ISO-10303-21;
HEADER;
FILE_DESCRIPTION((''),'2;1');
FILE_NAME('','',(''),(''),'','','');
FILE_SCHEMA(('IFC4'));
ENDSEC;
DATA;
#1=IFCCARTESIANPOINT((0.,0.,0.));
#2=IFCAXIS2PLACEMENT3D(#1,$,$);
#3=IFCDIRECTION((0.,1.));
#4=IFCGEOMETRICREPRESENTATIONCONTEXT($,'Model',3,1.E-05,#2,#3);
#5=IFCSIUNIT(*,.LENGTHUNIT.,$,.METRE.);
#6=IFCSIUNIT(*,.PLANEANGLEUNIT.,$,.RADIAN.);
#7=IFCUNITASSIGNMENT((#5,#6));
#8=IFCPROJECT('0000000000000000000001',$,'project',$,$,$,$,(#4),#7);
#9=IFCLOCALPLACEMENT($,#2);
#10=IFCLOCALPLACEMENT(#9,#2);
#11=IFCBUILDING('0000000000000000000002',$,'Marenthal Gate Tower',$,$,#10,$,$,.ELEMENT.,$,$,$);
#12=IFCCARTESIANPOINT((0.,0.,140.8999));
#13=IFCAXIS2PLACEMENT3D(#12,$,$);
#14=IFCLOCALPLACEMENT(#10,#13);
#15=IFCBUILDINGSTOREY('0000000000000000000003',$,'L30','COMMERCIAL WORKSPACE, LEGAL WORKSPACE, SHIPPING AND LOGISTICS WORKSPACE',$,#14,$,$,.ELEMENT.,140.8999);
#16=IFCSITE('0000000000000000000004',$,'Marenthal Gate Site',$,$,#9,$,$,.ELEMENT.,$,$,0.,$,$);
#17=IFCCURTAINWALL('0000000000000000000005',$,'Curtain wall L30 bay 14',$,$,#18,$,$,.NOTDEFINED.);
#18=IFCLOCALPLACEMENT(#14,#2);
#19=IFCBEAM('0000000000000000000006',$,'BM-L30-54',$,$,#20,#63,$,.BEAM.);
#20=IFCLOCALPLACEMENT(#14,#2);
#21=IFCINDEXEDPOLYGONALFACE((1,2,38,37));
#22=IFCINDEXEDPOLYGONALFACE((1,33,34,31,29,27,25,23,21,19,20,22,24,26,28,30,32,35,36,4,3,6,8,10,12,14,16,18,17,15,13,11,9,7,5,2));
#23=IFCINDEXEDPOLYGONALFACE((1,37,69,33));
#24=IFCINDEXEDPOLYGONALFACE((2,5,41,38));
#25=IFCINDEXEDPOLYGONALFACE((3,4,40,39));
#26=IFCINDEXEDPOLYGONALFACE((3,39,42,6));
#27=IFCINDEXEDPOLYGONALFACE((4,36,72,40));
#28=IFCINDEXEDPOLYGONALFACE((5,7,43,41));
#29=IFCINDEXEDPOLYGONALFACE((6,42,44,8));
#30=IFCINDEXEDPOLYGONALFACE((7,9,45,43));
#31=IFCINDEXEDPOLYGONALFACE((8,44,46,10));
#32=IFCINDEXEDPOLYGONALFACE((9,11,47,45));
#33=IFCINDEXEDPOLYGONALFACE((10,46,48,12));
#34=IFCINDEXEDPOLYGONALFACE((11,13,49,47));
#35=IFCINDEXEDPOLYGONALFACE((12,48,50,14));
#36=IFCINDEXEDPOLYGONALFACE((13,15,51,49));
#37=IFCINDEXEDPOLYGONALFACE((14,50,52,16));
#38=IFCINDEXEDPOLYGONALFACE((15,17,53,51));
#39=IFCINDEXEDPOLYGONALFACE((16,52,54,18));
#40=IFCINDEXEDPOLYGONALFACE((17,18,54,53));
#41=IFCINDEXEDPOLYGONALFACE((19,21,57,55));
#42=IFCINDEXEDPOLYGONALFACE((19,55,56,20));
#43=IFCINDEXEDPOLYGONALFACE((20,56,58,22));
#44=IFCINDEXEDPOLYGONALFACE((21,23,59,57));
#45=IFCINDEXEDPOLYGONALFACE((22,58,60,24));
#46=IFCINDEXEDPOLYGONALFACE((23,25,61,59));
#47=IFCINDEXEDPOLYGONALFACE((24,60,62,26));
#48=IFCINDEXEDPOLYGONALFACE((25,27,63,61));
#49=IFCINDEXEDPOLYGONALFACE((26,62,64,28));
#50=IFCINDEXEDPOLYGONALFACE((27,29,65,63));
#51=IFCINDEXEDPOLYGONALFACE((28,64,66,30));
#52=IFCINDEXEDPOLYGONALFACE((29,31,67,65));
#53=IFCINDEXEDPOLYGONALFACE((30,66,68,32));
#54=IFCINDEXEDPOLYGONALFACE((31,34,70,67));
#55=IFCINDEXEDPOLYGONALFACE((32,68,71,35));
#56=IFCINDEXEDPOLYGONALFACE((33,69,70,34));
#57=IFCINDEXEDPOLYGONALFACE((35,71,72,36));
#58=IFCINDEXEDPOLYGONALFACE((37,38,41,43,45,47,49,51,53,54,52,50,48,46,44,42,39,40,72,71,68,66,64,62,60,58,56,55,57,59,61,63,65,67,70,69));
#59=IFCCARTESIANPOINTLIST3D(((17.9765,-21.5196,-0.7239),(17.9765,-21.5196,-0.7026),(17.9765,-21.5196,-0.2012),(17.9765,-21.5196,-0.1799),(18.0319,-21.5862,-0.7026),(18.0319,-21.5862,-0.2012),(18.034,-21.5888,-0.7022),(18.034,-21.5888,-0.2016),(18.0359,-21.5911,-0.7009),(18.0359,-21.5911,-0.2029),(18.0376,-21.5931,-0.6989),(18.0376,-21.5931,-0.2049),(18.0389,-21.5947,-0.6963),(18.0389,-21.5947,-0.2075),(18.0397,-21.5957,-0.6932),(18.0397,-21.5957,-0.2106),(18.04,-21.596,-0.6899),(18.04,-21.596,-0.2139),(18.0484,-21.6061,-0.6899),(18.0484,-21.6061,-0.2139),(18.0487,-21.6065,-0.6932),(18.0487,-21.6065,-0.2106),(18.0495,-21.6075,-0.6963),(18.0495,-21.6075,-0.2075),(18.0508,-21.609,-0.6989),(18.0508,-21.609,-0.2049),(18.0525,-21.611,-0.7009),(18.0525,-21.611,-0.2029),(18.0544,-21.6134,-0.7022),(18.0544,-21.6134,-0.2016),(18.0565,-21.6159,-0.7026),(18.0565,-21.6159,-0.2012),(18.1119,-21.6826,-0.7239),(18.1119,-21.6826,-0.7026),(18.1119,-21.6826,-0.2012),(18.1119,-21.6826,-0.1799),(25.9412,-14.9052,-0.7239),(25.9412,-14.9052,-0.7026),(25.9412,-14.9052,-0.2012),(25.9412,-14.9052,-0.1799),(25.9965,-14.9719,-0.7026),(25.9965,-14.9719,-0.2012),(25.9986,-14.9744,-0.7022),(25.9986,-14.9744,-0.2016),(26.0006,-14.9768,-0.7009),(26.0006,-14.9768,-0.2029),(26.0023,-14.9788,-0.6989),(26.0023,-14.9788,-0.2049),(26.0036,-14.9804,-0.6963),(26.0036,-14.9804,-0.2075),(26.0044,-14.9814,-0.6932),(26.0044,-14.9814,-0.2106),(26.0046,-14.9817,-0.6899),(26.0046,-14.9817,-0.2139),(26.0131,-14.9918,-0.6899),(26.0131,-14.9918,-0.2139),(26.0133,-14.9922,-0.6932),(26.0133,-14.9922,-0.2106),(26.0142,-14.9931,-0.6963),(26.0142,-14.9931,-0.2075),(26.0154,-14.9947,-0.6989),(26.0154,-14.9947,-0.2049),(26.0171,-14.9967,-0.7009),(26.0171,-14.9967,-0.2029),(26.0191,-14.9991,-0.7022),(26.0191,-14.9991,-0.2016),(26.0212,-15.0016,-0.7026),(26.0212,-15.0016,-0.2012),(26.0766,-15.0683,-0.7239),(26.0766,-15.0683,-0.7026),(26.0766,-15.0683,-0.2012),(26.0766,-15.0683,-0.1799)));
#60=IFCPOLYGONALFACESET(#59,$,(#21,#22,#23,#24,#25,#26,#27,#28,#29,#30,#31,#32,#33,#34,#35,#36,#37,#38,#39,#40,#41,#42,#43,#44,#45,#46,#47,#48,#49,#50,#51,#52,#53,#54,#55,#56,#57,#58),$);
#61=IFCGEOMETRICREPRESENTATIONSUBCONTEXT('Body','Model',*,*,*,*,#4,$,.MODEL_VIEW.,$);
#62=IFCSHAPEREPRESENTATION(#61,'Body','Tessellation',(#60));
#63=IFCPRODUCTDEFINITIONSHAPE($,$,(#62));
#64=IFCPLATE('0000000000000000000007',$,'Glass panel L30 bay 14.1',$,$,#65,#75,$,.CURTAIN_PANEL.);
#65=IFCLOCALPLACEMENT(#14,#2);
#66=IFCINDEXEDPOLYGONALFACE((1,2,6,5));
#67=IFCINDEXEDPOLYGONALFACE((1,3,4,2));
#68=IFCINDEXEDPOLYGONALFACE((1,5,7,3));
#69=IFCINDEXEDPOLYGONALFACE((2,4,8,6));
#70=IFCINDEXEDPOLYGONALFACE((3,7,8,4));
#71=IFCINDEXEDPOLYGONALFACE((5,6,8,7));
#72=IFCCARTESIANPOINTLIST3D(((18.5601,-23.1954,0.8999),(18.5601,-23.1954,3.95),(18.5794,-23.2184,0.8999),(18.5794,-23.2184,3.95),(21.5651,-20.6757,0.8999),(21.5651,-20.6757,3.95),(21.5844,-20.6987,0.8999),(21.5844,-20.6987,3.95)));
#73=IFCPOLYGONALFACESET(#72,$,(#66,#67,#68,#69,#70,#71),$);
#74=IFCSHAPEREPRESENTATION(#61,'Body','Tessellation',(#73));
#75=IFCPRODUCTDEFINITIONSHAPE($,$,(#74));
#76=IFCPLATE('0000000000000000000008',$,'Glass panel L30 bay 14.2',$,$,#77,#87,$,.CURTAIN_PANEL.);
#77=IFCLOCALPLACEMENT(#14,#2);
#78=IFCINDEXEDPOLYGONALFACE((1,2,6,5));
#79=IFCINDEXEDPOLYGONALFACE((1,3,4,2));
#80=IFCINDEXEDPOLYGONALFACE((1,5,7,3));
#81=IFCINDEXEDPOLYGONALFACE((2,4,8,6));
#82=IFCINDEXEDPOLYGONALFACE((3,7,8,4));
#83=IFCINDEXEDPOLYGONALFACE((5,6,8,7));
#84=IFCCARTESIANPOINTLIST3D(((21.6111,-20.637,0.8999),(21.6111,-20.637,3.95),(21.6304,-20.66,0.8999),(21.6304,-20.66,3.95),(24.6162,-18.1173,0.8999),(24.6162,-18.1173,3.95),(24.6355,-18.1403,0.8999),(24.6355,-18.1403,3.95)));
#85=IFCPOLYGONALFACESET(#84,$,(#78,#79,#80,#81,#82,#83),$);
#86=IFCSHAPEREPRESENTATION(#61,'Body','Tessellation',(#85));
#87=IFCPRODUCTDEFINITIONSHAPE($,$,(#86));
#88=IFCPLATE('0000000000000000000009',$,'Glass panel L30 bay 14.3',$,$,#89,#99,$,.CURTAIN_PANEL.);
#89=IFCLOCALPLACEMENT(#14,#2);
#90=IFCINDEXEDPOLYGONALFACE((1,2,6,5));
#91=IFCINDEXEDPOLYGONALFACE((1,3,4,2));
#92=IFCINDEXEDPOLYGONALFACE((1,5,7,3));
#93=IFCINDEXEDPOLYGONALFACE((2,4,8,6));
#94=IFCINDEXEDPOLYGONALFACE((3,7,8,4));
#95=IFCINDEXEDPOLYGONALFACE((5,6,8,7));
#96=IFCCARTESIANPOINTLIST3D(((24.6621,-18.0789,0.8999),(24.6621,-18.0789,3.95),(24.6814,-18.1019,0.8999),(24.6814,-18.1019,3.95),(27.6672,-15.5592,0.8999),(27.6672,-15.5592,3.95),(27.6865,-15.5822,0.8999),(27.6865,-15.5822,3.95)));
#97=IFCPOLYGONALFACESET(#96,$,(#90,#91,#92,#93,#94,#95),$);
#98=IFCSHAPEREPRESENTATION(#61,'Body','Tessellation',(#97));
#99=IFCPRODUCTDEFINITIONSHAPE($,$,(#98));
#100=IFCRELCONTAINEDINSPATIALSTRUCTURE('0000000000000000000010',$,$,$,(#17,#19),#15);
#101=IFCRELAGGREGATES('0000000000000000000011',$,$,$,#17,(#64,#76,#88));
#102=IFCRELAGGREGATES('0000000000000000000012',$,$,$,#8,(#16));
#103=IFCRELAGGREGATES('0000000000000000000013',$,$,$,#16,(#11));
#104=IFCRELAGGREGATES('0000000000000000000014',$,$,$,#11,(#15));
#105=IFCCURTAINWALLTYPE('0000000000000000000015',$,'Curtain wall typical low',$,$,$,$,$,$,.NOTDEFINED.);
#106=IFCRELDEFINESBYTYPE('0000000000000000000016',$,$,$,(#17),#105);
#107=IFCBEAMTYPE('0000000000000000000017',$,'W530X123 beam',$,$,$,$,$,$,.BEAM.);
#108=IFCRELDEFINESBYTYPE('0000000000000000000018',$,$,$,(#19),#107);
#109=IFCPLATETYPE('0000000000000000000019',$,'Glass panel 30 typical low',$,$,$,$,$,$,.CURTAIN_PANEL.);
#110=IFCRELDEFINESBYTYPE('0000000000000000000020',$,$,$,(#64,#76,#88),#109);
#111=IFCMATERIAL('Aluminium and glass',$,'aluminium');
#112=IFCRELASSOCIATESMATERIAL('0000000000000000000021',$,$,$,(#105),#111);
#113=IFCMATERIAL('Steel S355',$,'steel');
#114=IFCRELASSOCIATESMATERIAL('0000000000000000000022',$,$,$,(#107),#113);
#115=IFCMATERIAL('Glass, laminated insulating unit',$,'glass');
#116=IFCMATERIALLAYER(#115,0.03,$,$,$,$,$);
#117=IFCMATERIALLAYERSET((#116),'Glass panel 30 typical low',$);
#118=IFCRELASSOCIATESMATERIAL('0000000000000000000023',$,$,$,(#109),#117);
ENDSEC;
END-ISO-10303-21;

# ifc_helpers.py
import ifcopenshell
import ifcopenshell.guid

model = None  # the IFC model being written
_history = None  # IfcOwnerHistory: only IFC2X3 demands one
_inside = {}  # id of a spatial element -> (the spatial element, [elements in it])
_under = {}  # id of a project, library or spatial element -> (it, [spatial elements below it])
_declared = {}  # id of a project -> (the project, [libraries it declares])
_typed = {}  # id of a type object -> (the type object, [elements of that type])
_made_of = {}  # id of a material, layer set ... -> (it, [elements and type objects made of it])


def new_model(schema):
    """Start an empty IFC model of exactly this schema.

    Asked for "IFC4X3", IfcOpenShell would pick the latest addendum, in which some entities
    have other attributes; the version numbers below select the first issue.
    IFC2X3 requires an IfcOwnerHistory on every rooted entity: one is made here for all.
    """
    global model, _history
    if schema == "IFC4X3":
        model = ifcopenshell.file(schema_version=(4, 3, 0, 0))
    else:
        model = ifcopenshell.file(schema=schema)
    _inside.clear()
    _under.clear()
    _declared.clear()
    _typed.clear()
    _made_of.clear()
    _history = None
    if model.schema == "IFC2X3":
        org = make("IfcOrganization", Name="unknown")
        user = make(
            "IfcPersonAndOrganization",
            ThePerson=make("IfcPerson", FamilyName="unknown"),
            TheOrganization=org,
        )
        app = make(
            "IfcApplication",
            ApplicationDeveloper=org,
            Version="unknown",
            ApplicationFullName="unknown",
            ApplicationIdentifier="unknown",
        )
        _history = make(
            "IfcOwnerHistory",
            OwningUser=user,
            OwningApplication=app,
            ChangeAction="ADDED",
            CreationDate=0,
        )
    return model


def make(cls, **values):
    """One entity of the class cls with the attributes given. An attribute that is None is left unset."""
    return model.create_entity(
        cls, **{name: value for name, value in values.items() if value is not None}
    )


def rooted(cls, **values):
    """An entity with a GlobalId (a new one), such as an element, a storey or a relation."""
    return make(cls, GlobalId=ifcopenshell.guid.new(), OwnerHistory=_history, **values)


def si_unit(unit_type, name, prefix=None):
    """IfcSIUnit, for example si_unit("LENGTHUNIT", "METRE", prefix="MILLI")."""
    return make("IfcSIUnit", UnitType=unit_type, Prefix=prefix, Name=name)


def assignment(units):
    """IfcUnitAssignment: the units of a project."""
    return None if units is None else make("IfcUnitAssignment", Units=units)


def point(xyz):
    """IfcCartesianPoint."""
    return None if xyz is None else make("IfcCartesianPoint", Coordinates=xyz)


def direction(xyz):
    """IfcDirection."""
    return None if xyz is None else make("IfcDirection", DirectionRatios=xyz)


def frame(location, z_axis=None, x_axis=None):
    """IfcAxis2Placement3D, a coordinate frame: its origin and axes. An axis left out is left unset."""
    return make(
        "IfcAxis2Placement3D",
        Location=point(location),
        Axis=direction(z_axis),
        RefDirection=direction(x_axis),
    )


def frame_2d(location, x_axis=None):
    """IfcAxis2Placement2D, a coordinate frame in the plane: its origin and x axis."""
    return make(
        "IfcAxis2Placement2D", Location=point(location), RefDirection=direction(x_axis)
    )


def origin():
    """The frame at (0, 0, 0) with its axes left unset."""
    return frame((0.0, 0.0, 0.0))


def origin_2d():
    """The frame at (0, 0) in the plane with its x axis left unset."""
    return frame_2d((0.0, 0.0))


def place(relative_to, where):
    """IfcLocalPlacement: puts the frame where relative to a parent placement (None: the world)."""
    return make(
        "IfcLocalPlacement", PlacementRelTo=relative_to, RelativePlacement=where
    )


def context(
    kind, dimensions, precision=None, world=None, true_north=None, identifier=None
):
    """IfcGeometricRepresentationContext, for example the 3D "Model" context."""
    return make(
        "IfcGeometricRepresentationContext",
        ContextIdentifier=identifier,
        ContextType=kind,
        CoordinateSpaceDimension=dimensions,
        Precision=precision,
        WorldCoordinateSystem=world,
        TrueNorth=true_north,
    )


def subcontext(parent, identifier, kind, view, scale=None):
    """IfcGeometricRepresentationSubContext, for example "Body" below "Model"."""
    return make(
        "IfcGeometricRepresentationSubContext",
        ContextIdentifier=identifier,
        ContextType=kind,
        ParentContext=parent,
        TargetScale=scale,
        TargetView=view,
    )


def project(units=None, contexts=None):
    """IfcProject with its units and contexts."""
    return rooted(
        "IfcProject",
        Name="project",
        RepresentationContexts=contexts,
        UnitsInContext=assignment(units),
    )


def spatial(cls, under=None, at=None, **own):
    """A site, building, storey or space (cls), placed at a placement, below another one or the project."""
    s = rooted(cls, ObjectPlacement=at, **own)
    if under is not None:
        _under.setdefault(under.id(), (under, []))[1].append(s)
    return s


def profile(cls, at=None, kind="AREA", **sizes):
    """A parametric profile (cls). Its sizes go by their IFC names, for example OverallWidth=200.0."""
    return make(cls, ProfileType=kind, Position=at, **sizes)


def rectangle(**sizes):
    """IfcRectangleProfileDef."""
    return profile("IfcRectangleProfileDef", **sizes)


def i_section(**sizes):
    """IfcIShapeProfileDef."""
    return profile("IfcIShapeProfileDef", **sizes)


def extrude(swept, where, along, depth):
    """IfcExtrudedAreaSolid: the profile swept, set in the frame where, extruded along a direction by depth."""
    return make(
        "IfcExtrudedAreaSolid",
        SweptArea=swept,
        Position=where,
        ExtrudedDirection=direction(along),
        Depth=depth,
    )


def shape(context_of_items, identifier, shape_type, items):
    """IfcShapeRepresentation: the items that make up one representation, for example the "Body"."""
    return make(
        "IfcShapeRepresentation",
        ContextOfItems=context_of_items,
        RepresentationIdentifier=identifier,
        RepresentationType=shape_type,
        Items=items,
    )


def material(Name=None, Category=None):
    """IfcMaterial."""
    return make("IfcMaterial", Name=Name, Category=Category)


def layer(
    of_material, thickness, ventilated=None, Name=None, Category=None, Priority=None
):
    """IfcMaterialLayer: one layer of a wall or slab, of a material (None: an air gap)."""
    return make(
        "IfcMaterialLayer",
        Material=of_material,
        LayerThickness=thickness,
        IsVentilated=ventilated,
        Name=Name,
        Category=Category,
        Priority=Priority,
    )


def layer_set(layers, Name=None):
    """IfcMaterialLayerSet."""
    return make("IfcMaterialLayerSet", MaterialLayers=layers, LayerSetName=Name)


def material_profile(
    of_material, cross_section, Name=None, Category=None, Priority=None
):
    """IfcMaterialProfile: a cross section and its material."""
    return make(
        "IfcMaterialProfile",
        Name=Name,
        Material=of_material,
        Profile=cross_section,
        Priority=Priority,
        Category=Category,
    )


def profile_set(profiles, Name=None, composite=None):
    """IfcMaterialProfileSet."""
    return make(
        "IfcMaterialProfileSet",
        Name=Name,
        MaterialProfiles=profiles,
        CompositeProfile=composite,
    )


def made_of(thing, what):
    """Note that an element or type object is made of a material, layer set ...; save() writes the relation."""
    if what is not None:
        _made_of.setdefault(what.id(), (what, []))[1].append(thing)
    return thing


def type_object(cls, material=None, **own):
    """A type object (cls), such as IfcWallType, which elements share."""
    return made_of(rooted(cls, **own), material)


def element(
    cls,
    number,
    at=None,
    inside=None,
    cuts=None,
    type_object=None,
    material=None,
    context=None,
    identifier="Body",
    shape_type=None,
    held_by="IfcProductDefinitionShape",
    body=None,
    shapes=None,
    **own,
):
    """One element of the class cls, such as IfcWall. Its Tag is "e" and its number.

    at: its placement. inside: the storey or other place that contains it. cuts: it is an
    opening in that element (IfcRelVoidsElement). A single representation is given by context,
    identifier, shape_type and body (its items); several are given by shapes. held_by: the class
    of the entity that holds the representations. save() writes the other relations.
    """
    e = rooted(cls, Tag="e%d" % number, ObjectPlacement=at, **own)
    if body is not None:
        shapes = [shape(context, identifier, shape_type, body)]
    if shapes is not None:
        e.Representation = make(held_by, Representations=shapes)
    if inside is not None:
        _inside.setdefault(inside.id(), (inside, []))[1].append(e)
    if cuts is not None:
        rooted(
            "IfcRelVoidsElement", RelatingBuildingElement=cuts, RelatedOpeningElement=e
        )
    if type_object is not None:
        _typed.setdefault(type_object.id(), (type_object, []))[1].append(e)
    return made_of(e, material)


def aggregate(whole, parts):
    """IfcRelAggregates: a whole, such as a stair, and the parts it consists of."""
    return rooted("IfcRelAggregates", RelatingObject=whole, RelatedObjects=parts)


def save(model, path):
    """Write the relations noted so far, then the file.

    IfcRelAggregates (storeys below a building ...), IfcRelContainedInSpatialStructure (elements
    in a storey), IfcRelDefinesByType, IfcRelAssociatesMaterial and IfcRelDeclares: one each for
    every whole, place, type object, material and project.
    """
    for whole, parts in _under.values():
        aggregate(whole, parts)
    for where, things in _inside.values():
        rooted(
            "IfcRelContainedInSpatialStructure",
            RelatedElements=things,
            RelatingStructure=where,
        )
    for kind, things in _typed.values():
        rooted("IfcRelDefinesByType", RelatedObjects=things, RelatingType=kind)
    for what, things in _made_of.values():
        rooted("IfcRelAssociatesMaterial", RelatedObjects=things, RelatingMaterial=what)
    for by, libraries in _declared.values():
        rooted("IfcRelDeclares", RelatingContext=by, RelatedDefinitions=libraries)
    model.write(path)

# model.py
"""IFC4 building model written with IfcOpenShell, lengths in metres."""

from ifc_helpers import new_model, si_unit, direction, frame, origin, origin_2d, place, context, subcontext, project, spatial, rectangle, i_section, extrude, material, layer, layer_set, material_profile, profile_set, type_object, element, aggregate, save


model = new_model("IFC4")

# Units and contexts
model_context = context("Model", 3, precision=1e-05, world=origin(), true_north=direction((0.0, 1.0)))
body_context = subcontext(model_context, "Body", "Model", "MODEL_VIEW")
ifc_project = project(units=[si_unit("LENGTHUNIT", "METRE"), si_unit("PLANEANGLEUNIT", "RADIAN")], contexts=[model_context])

# Site, building, storey
site_placement = place(None, origin())
site = spatial("IfcSite", under=ifc_project, at=site_placement, Name="Marenthal Gate Site", CompositionType="ELEMENT", RefElevation=0.0)
building_placement = place(site_placement, origin())
building = spatial("IfcBuilding", under=site, at=building_placement, Name="Marenthal Gate Tower", CompositionType="ELEMENT")
storey_placement = place(building_placement, frame((0.0, 0.0, 140.8999)))
storey = spatial("IfcBuildingStorey", under=building, at=storey_placement, Name="L30", Description="COMMERCIAL WORKSPACE, LEGAL WORKSPACE, SHIPPING AND LOGISTICS WORKSPACE", CompositionType="ELEMENT", Elevation=140.8999)

# Curtain wall
ifc_material_1 = material(Name="Aluminium and glass", Category="aluminium")
curtain_wall_type = type_object("IfcCurtainWallType", Name="Curtain wall typical low", PredefinedType="NOTDEFINED", material=ifc_material_1)
curtain_wall_placement = place(storey_placement, origin())
curtain_wall = element("IfcCurtainWall", 1, at=curtain_wall_placement, inside=storey, type_object=curtain_wall_type, Name="Curtain wall L30 bay 14", PredefinedType="NOTDEFINED")

# Beam
ifc_material_2 = material(Name="Steel S355", Category="steel")
ifc_material_profile_1 = material_profile(ifc_material_2, i_section(OverallWidth=0.2119, OverallDepth=0.5439, WebThickness=0.0132, FlangeThickness=0.0212, FilletRadius=0.0127, at=origin_2d()), Name="W530X123")
ifc_profile_set_1 = profile_set([ifc_material_profile_1], Name="Steel S355")
beam_type_1 = type_object("IfcBeamType", Name="W530X123 beam", PredefinedType="BEAM", material=ifc_profile_set_1)
beam_1_placement = place(storey_placement, frame((18.0442, -21.6011, -0.4519), z_axis=(0.769308, 0.638878, 0.0), x_axis=(-0.638878, 0.769308, 0.0)))
element("IfcBeam", 2, at=beam_1_placement, inside=storey, type_object=beam_type_1, Name="BM-L30-54", PredefinedType="BEAM", context=body_context, shape_type="SweptSolid", body=[
    extrude(i_section(OverallWidth=0.2119, OverallDepth=0.5439, WebThickness=0.0132, FlangeThickness=0.0212, FilletRadius=0.0127, at=origin_2d()), origin(), (0.0, 0.0, 1.0), 10.353),
])

# Plates
ifc_material_3 = material(Name="Glass, laminated insulating unit", Category="glass")
ifc_layer_1 = layer(ifc_material_3, 0.03)
ifc_layer_set_1 = layer_set([ifc_layer_1], Name="Glass panel 30 typical low")
plate_type = type_object("IfcPlateType", Name="Glass panel 30 typical low", PredefinedType="CURTAIN_PANEL", material=ifc_layer_set_1)
plate_1_placement = place(storey_placement, frame((20.0723, -21.947, 0.8999), z_axis=(0.0, 0.0, 1.0), x_axis=(0.766277, 0.642511, 0.0)))
plate_1 = element("IfcPlate", 3, at=plate_1_placement, type_object=plate_type, Name="Glass panel L30 bay 14.1", PredefinedType="CURTAIN_PANEL", context=body_context, shape_type="SweptSolid", body=[
    extrude(rectangle(XDim=3.9216, YDim=0.03, at=origin_2d()), origin(), (0.0, 0.0, 1.0), 3.05),
])
plate_2_placement = place(storey_placement, frame((23.1233, -19.3887, 0.8999), z_axis=(0.0, 0.0, 1.0), x_axis=(0.766277, 0.642511, 0.0)))
plate_2 = element("IfcPlate", 4, at=plate_2_placement, type_object=plate_type, Name="Glass panel L30 bay 14.2", PredefinedType="CURTAIN_PANEL", context=body_context, shape_type="SweptSolid", body=[
    extrude(rectangle(XDim=3.9216, YDim=0.03, at=origin_2d()), origin(), (0.0, 0.0, 1.0), 3.05),
])
plate_3_placement = place(storey_placement, frame((26.1743, -16.8306, 0.8999), z_axis=(0.0, 0.0, 1.0), x_axis=(0.766277, 0.642511, 0.0)))
plate_3 = element("IfcPlate", 5, at=plate_3_placement, type_object=plate_type, Name="Glass panel L30 bay 14.3", PredefinedType="CURTAIN_PANEL", context=body_context, shape_type="SweptSolid", body=[
    extrude(rectangle(XDim=3.9216, YDim=0.03, at=origin_2d()), origin(), (0.0, 0.0, 1.0), 3.05),
])
aggregate(curtain_wall, [plate_1, plate_2, plate_3])

save(model, "model.ifc")
